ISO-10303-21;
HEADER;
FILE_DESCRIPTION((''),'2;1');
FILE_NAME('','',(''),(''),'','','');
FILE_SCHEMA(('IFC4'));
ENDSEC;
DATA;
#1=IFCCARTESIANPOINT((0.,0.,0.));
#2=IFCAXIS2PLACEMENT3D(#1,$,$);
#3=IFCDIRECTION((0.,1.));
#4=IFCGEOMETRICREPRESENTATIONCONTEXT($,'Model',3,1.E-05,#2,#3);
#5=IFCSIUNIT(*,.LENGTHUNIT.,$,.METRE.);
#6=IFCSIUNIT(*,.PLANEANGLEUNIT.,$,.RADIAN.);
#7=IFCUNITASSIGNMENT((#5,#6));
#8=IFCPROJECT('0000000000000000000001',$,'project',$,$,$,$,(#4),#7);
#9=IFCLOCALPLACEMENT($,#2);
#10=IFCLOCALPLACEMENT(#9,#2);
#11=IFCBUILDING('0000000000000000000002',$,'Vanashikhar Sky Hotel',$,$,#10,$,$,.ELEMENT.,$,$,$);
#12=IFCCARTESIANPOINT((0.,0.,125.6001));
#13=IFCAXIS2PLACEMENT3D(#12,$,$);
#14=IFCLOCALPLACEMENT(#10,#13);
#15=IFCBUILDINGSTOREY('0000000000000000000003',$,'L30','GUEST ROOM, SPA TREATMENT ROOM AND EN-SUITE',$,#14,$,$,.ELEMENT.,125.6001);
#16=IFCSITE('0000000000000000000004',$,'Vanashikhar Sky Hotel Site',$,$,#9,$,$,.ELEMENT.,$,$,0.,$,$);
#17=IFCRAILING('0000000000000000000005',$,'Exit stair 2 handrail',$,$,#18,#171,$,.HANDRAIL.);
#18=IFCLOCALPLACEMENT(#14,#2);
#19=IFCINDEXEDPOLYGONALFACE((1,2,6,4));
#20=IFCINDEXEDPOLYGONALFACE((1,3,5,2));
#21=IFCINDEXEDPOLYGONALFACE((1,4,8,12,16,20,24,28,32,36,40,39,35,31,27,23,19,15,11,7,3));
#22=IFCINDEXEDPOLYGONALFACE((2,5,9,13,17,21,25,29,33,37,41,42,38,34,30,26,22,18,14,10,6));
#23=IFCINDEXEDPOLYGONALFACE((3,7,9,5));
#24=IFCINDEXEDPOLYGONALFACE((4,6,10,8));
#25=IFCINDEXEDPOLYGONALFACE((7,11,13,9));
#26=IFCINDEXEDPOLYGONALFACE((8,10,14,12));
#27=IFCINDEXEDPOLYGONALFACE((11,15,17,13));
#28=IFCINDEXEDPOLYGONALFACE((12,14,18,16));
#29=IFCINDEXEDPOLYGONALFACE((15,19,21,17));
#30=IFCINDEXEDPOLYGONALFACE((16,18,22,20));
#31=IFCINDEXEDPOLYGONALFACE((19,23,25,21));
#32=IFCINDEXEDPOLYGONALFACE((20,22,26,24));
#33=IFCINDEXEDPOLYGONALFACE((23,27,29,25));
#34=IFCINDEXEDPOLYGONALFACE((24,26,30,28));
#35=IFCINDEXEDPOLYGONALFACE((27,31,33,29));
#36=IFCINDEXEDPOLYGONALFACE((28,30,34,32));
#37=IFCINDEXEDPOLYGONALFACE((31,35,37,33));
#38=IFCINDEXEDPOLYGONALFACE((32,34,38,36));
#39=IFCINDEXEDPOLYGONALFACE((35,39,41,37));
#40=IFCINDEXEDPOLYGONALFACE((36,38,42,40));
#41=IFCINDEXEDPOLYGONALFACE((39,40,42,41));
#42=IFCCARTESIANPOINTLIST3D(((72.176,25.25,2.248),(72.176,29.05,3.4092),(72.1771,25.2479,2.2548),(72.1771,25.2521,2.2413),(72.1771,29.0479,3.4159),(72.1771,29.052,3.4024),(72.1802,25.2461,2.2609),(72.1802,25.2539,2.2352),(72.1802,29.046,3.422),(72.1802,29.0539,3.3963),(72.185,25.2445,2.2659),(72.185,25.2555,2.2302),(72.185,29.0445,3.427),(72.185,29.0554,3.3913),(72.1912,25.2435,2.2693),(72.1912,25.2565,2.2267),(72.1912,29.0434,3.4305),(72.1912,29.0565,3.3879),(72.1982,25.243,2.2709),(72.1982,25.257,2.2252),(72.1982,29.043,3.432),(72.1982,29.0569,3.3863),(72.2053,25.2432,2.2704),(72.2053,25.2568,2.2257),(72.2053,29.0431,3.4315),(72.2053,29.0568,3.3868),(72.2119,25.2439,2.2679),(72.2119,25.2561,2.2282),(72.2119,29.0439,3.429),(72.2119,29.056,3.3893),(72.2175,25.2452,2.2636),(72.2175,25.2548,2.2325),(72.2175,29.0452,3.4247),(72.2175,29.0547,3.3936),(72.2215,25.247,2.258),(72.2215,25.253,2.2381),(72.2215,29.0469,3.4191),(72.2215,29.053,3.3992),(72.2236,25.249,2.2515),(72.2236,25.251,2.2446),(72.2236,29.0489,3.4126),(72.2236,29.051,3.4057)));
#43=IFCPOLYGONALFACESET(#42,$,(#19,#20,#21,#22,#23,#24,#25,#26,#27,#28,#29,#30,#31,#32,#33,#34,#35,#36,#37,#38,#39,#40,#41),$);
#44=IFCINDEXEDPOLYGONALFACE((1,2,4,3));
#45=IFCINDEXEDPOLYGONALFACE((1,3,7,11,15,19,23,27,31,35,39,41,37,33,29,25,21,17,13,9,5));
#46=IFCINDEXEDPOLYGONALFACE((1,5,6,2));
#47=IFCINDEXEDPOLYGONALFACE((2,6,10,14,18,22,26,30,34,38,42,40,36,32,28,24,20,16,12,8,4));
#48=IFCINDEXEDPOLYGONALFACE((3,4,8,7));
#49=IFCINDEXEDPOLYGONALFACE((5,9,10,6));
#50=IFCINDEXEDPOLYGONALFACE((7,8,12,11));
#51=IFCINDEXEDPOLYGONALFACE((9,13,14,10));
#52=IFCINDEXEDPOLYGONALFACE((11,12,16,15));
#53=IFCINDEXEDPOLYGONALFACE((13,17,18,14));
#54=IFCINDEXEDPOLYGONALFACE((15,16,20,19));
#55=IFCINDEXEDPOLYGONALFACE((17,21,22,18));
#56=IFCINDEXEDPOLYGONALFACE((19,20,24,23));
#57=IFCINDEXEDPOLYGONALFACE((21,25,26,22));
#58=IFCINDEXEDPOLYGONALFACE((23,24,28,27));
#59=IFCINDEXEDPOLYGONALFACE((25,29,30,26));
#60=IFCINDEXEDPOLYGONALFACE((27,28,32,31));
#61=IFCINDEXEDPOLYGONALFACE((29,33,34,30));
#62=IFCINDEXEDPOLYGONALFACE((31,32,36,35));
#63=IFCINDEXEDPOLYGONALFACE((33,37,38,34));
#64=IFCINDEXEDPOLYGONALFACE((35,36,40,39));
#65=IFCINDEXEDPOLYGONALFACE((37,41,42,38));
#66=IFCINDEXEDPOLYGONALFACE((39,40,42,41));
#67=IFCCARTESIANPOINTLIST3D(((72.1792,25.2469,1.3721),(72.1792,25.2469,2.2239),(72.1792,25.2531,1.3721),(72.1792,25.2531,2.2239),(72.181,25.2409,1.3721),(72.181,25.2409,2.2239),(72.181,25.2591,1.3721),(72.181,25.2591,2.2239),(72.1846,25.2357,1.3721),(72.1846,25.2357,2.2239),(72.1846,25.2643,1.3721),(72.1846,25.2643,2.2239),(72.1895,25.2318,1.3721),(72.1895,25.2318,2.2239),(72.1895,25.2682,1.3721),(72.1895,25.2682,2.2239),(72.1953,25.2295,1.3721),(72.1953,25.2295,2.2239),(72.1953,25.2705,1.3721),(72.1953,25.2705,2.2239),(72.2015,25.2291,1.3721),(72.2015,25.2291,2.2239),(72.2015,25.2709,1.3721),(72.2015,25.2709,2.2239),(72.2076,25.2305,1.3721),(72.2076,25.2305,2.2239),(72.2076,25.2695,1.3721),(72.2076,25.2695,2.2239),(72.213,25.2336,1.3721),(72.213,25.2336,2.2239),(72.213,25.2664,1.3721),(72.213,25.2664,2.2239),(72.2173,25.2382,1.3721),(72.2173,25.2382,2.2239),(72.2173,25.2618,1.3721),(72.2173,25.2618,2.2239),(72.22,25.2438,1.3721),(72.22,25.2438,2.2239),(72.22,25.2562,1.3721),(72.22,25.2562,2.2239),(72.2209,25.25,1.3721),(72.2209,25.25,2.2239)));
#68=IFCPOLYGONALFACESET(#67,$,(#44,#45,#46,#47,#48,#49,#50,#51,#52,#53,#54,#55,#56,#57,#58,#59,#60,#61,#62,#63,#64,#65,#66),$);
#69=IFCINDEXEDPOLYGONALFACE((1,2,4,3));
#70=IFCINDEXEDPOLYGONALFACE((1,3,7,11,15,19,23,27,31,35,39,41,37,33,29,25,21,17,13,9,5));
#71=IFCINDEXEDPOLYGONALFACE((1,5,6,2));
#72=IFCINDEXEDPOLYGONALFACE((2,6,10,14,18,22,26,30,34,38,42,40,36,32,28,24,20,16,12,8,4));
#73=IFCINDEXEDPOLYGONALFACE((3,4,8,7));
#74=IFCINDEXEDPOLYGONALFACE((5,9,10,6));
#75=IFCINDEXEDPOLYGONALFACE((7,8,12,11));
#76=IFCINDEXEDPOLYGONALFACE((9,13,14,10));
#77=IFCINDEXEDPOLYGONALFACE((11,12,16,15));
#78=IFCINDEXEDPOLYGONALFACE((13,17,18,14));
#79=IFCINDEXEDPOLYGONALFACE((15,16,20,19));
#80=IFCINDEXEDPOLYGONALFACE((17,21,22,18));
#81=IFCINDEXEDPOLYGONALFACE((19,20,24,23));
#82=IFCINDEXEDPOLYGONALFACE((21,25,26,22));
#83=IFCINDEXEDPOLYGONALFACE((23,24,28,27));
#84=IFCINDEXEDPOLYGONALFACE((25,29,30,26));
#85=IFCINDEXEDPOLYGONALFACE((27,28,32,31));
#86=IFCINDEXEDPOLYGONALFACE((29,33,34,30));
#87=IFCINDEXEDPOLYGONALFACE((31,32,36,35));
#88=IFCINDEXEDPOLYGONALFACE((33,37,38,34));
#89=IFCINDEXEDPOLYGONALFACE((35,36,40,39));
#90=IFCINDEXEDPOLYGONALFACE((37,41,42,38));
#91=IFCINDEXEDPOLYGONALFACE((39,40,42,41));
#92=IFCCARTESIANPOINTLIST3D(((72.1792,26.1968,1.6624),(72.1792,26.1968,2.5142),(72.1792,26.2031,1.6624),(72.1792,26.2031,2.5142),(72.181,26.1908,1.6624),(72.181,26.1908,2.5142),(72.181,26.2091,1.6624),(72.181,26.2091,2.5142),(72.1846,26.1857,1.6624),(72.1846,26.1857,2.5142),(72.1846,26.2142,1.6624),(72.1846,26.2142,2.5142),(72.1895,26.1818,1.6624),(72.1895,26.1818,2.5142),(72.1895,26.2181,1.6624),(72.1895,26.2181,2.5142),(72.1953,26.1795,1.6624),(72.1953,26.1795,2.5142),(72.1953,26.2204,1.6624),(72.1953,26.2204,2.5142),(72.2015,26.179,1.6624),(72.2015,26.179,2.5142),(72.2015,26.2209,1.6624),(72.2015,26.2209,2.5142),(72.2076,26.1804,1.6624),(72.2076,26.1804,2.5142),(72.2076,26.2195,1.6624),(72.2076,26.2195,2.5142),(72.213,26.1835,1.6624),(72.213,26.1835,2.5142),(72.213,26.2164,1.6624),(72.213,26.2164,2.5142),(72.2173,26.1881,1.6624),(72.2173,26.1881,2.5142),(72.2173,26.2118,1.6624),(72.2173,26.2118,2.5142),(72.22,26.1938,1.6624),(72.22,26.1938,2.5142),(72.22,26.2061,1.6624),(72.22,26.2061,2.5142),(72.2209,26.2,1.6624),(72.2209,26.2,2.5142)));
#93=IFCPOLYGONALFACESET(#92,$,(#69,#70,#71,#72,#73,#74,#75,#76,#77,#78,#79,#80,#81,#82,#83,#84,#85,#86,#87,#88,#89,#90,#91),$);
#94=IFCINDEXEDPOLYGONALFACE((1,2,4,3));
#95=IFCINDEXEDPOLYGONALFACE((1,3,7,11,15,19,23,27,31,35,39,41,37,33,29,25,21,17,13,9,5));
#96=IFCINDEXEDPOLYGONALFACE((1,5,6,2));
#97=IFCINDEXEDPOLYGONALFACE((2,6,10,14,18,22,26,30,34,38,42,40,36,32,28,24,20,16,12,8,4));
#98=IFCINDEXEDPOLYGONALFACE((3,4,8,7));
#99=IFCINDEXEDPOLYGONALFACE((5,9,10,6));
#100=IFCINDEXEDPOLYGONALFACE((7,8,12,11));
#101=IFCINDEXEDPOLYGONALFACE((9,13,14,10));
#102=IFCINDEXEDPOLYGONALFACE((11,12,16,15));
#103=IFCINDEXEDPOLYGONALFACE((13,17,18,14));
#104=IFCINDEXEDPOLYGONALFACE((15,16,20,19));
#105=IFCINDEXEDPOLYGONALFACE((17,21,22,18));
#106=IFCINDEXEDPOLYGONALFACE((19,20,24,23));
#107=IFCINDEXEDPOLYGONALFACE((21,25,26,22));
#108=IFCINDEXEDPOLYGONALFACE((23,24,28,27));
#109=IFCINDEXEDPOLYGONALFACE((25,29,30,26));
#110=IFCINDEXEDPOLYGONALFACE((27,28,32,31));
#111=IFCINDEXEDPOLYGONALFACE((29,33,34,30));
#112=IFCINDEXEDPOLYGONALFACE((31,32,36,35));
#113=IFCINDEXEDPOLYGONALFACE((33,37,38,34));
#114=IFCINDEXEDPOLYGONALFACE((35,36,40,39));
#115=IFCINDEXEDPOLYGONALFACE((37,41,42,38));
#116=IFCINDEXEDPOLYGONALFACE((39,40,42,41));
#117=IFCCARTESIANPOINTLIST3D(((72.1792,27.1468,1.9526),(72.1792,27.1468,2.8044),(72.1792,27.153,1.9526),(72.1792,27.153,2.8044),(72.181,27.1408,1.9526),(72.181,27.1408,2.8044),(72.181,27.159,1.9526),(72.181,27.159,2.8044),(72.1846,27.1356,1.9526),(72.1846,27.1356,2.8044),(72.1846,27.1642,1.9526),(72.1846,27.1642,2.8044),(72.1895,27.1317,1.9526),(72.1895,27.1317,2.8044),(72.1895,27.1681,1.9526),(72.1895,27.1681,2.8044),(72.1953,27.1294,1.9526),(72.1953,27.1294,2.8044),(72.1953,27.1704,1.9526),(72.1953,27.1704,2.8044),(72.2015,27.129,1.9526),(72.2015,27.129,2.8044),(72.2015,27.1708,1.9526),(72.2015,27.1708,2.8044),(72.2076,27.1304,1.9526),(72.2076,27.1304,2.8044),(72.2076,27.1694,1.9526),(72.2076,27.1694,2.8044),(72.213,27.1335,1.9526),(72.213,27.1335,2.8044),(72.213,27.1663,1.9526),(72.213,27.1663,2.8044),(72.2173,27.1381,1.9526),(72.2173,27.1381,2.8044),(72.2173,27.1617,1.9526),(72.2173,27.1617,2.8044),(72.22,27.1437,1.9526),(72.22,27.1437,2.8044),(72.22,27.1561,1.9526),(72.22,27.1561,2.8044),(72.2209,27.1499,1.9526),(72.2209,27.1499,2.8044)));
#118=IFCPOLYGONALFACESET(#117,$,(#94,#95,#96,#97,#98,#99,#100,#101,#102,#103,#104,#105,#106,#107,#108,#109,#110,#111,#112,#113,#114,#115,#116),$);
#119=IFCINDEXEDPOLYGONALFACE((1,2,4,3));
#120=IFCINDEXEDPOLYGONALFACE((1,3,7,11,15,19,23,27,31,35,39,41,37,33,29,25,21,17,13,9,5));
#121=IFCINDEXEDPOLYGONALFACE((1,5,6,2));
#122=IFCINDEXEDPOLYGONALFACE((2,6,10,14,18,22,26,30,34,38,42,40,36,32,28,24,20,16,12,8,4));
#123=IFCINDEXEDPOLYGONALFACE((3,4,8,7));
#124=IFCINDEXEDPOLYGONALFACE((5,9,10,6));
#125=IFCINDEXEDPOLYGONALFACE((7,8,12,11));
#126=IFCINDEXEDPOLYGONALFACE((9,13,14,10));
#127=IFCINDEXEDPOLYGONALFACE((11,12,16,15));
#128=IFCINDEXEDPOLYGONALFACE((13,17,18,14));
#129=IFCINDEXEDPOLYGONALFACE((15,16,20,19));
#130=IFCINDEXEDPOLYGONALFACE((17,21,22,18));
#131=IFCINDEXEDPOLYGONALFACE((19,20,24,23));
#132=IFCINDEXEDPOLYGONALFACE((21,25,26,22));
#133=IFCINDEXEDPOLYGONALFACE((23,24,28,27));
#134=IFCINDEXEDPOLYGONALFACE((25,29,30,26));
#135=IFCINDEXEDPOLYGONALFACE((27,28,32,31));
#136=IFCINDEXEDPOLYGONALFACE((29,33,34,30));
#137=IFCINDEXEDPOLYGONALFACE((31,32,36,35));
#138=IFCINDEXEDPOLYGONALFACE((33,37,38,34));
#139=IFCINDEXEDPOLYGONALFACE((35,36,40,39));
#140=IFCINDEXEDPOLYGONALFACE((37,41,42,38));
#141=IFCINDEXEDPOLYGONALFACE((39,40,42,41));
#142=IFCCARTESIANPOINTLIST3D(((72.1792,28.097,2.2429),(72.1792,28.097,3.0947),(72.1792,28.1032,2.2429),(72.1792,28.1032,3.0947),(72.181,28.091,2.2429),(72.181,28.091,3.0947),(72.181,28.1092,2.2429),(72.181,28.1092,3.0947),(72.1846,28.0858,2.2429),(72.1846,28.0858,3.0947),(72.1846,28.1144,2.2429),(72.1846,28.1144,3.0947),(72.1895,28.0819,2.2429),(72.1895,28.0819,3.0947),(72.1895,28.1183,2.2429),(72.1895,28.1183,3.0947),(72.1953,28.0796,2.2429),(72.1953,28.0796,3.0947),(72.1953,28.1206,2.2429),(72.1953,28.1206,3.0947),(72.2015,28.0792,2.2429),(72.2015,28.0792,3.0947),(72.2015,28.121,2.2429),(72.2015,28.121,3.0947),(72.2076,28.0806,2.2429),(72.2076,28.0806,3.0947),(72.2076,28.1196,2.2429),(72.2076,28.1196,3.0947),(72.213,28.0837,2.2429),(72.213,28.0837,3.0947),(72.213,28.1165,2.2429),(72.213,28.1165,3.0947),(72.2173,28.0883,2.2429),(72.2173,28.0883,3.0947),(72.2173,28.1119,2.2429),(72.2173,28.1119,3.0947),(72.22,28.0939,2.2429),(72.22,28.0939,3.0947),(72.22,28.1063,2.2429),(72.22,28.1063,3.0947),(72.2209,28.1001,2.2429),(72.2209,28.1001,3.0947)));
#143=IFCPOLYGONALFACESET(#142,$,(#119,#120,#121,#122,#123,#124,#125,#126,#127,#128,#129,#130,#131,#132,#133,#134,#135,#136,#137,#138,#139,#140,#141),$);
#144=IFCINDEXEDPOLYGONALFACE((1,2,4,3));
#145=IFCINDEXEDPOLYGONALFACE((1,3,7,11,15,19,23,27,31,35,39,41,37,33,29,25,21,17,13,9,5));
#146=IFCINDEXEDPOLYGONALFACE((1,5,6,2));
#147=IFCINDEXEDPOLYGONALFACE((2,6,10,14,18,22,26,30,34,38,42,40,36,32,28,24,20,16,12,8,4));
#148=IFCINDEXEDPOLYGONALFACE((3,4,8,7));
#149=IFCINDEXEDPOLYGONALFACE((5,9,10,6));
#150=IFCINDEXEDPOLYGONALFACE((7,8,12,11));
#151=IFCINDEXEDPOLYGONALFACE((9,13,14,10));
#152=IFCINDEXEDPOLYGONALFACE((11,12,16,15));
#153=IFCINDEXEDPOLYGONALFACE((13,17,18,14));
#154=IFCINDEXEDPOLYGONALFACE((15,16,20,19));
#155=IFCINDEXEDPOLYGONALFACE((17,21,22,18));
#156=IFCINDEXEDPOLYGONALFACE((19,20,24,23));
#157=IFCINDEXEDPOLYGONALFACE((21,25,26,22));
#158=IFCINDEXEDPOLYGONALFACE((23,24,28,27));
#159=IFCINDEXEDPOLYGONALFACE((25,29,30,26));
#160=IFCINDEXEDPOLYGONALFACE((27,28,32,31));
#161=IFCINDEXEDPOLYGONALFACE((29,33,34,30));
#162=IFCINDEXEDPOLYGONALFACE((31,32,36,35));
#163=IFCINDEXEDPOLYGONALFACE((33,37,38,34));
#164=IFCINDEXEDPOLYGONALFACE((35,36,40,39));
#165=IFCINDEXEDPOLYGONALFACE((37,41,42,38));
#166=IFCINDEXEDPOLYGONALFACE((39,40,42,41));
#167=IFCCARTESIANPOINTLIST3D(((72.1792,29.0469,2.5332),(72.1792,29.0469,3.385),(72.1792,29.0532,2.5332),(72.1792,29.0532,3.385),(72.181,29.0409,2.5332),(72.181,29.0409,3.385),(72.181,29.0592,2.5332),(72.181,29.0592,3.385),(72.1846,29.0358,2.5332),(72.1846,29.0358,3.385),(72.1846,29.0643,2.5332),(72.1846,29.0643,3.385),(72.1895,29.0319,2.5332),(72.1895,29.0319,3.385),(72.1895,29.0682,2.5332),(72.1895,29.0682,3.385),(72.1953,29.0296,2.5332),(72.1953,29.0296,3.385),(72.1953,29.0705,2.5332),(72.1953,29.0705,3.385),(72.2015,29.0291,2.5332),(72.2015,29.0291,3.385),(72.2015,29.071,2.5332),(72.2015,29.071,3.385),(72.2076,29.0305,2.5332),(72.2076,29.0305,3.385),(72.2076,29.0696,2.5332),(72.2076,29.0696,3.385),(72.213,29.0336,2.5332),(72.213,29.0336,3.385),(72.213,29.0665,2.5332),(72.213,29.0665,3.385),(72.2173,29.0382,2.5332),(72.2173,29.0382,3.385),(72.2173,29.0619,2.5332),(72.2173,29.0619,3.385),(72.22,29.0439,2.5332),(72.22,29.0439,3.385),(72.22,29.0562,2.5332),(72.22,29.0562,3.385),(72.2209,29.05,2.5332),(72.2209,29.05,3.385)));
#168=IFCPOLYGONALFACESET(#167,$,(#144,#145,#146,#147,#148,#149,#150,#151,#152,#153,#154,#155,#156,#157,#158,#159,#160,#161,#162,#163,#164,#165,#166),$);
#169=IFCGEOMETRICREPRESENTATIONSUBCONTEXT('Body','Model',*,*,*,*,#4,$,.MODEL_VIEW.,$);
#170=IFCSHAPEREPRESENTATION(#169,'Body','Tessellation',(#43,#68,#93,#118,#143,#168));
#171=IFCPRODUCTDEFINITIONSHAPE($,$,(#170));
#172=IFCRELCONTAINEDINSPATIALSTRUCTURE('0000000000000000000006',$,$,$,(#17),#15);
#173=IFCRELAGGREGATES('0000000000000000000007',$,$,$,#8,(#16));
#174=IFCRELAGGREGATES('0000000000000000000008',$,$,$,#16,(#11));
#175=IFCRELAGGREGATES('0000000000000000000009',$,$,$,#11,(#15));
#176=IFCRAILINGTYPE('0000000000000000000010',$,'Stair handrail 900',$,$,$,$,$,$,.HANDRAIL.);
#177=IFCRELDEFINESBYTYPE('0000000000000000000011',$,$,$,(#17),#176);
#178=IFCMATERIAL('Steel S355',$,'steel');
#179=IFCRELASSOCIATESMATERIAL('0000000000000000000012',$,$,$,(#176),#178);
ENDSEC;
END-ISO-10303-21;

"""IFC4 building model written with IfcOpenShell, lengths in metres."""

from ifc_helpers import new_model, si_unit, direction, frame, origin, origin_2d, place, context, subcontext, project, spatial, circle, extrude, source, transform, mapped, material, type_object, element, save


model = new_model("IFC4")

# Units and contexts
model_context = context("Model", 3, precision=1e-05, world=origin(), true_north=direction((0.0, 1.0)))
body_context = subcontext(model_context, "Body", "Model", "MODEL_VIEW")
ifc_project = project(units=[si_unit("LENGTHUNIT", "METRE"), si_unit("PLANEANGLEUNIT", "RADIAN")], contexts=[model_context])

# Site, building, storey
site_placement = place(None, origin())
site = spatial("IfcSite", under=ifc_project, at=site_placement, Name="Vanashikhar Sky Hotel Site", CompositionType="ELEMENT", RefElevation=0.0)
building_placement = place(site_placement, origin())
building = spatial("IfcBuilding", under=site, at=building_placement, Name="Vanashikhar Sky Hotel", CompositionType="ELEMENT")
storey_placement = place(building_placement, frame((0.0, 0.0, 125.6001)))
storey = spatial("IfcBuildingStorey", under=building, at=storey_placement, Name="L30", Description="GUEST ROOM, SPA TREATMENT ROOM AND EN-SUITE", CompositionType="ELEMENT", Elevation=125.6001)

# Railing
ifc_material_1 = material(Name="Steel S355", Category="steel")
railing_type = type_object("IfcRailingType", Name="Stair handrail 900", PredefinedType="HANDRAIL", material=ifc_material_1)
shared_shape_1 = source(origin(), body_context, "Body", "SweptSolid", [
    extrude(circle(Radius=0.0239, at=origin_2d()), frame((0.0, 0.0, 0.876), z_axis=(0.0, 0.956351, 0.29222), x_axis=(-1.0, 0.0, 0.0)), (0.0, 0.0, 1.0), 3.9734),
    extrude(circle(Radius=0.021, at=origin_2d()), origin(), (0.0, 0.0, 1.0), 0.8518),
    extrude(circle(Radius=0.021, at=origin_2d()), frame((0.0, 0.95, 0.2903)), (0.0, 0.0, 1.0), 0.8518),
    extrude(circle(Radius=0.021, at=origin_2d()), frame((0.0, 1.8999, 0.5806)), (0.0, 0.0, 1.0), 0.8518),
    extrude(circle(Radius=0.021, at=origin_2d()), frame((0.0, 2.8501, 0.8708)), (0.0, 0.0, 1.0), 0.8518),
    extrude(circle(Radius=0.021, at=origin_2d()), frame((0.0, 3.8, 1.1611)), (0.0, 0.0, 1.0), 0.8518),
])
railing_placement = place(storey_placement, frame((72.2, 25.25, 1.3721)))
element("IfcRailing", 1, at=railing_placement, inside=storey, type_object=railing_type, Name="Exit stair 2 handrail", PredefinedType="HANDRAIL", context=body_context, shape_type="MappedRepresentation", body=[
    mapped(shared_shape_1, transform((0.0, 0.0, 0.0), scale=1.0)),
])

save(model, "model.ifc")
